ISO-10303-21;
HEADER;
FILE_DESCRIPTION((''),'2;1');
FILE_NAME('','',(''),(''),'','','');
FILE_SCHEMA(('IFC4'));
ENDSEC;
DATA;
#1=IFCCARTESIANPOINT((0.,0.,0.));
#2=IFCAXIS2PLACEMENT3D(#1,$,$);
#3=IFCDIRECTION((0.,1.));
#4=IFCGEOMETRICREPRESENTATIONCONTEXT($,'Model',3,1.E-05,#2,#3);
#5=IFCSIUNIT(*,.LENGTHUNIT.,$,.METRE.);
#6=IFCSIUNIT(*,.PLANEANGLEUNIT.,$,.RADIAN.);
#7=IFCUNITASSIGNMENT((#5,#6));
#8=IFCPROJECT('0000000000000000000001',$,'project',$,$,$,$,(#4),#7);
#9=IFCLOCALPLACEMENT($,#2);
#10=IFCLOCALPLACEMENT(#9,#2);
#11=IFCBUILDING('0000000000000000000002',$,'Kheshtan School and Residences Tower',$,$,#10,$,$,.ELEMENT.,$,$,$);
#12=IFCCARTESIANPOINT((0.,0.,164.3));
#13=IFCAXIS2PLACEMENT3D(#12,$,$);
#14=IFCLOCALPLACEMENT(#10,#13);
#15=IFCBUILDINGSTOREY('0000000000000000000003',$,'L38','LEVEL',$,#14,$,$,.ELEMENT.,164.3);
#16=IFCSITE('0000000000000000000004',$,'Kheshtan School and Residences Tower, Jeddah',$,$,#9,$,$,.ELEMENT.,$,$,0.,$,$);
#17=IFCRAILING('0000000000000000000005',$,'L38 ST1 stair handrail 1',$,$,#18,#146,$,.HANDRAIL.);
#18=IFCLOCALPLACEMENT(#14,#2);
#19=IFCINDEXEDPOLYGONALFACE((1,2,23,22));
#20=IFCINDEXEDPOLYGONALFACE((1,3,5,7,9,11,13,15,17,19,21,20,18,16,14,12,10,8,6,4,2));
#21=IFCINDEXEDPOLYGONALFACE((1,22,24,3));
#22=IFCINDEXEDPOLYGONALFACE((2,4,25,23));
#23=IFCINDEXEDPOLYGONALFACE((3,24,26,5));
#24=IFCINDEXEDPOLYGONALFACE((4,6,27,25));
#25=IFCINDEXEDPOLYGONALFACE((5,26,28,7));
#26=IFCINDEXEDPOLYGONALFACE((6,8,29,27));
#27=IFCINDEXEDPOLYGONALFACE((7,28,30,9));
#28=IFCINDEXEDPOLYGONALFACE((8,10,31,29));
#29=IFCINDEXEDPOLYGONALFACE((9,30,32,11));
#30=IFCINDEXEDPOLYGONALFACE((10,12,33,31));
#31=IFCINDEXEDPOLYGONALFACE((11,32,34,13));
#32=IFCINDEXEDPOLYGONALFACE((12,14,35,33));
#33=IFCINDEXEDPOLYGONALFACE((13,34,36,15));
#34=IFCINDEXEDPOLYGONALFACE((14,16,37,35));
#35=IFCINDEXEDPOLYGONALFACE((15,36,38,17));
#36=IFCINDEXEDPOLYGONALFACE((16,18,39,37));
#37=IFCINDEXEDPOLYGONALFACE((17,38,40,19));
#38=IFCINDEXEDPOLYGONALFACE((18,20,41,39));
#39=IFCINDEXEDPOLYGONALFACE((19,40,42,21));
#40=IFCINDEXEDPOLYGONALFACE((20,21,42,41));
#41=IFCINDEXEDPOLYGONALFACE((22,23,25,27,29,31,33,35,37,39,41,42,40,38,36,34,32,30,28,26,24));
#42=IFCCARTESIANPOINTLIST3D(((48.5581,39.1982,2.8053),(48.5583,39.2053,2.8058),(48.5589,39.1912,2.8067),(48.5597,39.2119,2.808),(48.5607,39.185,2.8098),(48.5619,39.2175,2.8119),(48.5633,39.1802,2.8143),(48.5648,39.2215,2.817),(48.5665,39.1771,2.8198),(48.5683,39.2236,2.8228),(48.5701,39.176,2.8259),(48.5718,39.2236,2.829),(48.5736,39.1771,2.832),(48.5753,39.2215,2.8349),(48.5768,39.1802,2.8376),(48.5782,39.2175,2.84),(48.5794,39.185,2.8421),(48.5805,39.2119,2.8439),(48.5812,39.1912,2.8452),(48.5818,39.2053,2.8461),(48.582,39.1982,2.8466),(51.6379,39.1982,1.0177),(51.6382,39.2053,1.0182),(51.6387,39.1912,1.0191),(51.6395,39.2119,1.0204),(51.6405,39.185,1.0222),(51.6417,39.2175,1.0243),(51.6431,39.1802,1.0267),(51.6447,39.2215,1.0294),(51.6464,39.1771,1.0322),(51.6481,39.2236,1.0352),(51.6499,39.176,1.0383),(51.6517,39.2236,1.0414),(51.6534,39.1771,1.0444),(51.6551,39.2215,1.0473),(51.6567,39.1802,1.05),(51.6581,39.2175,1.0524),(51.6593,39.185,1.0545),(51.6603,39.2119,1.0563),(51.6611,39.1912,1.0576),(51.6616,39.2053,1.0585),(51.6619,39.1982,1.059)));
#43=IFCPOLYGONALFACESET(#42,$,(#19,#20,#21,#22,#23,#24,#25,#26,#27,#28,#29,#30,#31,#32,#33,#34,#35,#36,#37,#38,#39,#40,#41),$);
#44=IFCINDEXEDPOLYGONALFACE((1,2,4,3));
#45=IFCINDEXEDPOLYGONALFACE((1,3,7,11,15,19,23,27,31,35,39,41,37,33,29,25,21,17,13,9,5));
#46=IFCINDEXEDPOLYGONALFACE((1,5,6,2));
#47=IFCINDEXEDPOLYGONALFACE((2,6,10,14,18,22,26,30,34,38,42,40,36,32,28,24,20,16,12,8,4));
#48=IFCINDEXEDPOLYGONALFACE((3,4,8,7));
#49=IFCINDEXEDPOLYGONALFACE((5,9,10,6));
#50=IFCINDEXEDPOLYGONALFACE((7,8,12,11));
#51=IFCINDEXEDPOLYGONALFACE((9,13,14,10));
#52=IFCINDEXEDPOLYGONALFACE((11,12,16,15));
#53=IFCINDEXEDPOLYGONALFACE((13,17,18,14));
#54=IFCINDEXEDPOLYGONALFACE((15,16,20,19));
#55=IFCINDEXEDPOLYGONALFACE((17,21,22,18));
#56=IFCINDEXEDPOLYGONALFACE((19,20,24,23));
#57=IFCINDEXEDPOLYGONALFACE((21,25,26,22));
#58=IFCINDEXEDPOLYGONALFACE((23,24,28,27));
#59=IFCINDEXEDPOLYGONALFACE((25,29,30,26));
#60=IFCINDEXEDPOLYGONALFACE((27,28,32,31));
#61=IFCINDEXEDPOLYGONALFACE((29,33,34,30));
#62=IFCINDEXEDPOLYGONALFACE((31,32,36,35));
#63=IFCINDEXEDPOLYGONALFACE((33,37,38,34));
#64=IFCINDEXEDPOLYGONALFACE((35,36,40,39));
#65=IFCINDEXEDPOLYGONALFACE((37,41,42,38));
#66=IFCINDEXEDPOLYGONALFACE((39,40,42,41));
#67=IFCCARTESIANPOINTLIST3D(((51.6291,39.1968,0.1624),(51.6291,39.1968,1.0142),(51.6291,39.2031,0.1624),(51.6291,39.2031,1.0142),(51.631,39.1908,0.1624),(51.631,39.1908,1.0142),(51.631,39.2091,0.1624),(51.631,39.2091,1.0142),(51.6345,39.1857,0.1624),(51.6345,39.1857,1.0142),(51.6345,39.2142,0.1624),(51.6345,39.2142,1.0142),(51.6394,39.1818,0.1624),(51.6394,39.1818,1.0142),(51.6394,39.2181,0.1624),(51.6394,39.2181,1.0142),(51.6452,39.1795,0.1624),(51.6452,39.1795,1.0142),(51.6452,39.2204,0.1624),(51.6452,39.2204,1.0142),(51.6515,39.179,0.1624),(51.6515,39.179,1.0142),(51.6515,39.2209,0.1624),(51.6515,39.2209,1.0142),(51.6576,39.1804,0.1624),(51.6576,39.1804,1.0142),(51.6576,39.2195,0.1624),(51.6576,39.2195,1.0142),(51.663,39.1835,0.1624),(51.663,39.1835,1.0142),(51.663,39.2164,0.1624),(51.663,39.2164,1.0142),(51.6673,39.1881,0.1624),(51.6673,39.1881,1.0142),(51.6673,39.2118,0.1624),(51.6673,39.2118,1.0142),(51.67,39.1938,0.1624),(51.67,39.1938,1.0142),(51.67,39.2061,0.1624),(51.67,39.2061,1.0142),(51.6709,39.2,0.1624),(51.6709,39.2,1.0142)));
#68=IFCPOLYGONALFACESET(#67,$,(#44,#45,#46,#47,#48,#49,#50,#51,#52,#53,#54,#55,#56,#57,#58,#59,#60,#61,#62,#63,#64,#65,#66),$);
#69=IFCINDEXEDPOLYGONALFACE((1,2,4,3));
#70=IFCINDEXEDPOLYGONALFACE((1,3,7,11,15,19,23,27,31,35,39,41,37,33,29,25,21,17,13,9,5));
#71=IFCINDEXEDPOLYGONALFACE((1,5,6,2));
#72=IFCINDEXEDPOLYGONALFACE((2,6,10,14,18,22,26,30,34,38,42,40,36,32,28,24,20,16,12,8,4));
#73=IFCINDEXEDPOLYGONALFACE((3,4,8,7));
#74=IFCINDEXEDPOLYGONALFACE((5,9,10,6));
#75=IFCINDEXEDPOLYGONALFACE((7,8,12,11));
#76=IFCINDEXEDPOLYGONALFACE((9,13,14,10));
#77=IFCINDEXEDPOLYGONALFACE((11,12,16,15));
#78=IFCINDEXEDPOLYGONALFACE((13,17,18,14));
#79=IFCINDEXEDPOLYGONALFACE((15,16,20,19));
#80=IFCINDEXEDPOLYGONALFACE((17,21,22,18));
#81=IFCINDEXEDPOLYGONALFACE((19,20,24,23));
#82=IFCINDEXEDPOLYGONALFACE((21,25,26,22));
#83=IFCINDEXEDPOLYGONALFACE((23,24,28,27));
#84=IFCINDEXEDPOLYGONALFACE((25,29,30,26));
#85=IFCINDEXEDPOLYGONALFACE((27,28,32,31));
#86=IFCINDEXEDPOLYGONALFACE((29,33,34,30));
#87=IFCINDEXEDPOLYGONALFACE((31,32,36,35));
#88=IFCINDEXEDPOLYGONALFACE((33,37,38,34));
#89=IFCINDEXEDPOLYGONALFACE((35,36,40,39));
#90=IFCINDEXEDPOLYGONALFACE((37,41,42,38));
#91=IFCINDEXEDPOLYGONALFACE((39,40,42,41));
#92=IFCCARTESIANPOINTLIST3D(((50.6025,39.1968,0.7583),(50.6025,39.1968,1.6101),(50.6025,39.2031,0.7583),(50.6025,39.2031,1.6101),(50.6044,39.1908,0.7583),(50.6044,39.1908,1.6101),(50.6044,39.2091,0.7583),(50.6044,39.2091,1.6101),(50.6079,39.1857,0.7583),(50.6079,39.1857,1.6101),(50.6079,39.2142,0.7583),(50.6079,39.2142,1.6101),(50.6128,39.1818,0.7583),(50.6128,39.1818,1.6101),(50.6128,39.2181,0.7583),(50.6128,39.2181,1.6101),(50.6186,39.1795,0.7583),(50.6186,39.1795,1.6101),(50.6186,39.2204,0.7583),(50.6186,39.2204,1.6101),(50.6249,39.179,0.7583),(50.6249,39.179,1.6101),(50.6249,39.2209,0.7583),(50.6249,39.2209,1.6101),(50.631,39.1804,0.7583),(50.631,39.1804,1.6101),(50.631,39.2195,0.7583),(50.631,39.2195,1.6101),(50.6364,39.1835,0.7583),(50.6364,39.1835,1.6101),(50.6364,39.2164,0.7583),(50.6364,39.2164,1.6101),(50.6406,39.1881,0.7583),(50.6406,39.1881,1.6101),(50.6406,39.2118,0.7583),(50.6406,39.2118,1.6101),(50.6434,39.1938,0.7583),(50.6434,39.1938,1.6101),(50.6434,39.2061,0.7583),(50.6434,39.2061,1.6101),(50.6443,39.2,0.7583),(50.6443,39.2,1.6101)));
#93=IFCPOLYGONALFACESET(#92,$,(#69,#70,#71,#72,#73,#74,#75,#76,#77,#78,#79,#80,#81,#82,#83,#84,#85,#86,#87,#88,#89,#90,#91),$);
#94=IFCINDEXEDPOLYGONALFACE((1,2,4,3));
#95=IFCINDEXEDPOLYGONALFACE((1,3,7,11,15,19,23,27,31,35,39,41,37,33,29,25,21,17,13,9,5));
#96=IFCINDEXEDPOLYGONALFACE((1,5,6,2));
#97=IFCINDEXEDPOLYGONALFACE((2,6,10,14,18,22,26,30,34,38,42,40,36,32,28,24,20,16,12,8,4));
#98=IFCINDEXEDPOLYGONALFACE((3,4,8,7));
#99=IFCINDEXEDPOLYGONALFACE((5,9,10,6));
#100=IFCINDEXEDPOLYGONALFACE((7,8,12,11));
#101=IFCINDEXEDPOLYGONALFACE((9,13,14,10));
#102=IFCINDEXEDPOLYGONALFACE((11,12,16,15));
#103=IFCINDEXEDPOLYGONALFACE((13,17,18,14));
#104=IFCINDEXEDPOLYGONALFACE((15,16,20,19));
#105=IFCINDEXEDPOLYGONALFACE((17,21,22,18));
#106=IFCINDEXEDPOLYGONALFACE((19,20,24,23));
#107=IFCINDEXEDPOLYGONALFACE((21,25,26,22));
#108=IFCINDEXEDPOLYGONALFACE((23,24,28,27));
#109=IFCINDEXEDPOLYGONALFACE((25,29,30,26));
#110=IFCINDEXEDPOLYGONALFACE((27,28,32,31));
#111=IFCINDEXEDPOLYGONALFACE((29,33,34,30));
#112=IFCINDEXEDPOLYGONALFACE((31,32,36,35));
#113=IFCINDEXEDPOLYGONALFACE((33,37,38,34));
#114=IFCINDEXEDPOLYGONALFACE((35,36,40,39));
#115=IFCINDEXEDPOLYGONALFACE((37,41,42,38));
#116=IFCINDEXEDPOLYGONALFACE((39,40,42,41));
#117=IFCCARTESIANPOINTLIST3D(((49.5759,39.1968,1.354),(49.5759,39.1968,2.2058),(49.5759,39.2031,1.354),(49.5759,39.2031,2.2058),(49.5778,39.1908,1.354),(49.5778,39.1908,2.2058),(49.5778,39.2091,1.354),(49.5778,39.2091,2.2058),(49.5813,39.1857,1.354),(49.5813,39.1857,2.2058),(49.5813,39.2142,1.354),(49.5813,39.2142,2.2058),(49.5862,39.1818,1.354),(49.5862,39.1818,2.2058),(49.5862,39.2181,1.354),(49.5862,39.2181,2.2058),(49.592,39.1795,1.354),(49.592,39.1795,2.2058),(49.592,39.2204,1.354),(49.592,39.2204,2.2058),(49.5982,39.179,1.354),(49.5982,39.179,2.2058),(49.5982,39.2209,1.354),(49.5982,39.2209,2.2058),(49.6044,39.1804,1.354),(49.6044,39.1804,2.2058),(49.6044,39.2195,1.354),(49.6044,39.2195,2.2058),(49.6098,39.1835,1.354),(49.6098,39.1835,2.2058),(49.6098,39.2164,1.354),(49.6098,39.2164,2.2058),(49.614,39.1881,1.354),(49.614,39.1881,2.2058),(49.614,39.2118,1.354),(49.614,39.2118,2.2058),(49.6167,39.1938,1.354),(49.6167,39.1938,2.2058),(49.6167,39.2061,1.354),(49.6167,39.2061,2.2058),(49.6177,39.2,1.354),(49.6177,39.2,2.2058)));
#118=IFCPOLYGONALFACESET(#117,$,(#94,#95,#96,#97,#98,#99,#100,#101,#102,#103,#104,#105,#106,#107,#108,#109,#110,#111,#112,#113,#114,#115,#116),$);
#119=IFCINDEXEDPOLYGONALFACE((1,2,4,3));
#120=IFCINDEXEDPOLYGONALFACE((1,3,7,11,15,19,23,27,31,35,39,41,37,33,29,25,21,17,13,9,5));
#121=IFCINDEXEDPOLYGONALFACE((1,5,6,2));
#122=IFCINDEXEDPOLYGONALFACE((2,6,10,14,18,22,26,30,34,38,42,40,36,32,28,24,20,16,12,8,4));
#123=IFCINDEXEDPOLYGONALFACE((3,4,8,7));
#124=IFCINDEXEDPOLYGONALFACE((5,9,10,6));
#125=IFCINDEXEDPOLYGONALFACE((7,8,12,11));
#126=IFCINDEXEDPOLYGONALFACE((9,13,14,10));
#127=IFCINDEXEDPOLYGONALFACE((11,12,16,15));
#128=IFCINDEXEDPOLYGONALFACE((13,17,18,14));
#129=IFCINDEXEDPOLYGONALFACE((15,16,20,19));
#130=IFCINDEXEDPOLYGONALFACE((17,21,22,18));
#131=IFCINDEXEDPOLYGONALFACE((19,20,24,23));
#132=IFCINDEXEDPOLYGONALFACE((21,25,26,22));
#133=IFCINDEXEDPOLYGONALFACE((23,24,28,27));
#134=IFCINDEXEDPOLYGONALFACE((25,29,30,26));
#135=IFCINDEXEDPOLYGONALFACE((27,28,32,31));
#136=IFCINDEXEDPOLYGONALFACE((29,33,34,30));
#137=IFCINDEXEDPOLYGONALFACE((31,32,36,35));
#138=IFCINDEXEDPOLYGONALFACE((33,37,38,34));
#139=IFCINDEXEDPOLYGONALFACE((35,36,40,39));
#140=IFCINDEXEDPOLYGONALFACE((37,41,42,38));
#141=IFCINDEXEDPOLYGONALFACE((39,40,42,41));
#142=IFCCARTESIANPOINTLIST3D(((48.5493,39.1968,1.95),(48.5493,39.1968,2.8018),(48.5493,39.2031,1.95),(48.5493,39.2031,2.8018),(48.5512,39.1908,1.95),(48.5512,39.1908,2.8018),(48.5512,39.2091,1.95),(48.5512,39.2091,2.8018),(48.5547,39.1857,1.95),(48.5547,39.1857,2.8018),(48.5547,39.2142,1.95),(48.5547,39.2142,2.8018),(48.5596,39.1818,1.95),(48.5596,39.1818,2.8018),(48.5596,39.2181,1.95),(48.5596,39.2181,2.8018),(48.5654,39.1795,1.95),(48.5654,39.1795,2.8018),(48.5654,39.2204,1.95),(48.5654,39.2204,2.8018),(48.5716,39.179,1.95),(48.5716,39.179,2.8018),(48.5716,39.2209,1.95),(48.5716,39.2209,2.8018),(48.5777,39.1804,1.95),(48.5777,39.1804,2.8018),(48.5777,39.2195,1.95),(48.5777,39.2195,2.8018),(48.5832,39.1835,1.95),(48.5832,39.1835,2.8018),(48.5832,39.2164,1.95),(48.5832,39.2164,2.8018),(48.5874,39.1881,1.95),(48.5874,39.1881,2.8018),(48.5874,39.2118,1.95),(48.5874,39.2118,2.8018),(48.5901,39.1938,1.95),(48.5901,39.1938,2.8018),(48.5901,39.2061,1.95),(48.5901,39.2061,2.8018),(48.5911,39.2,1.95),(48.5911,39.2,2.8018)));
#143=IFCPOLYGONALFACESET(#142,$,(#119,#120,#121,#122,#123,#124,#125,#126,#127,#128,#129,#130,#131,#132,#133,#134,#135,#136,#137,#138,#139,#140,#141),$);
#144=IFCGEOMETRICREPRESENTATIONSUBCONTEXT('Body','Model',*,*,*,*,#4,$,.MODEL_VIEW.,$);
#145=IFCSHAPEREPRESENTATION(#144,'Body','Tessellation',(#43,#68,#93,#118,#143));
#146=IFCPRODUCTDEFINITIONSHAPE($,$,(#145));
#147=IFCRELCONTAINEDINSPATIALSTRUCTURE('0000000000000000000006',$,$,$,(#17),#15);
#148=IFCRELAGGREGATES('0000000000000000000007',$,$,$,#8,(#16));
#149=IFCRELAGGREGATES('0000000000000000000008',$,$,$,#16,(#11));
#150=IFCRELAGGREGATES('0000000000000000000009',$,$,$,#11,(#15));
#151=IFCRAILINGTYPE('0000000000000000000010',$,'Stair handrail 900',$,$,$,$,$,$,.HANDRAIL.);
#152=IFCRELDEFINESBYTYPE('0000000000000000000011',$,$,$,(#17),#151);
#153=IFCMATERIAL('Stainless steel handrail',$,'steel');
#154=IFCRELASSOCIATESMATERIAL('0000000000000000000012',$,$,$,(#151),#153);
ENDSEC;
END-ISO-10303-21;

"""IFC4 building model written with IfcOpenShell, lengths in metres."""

from ifc_helpers import new_model, si_unit, direction, frame, origin, origin_2d, place, context, subcontext, project, spatial, circle, extrude, material, type_object, element, save


model = new_model("IFC4")

# Units and contexts
model_context = context("Model", 3, precision=1e-05, world=origin(), true_north=direction((0.0, 1.0)))
body_context = subcontext(model_context, "Body", "Model", "MODEL_VIEW")
ifc_project = project(units=[si_unit("LENGTHUNIT", "METRE"), si_unit("PLANEANGLEUNIT", "RADIAN")], contexts=[model_context])

# Site, building, storey
site_placement = place(None, origin())
site = spatial("IfcSite", under=ifc_project, at=site_placement, Name="Kheshtan School and Residences Tower, Jeddah", CompositionType="ELEMENT", RefElevation=0.0)
building_placement = place(site_placement, origin())
building = spatial("IfcBuilding", under=site, at=building_placement, Name="Kheshtan School and Residences Tower", CompositionType="ELEMENT")
storey_placement = place(building_placement, frame((0.0, 0.0, 164.3)))
storey = spatial("IfcBuildingStorey", under=building, at=storey_placement, Name="L38", Description="LEVEL", CompositionType="ELEMENT", Elevation=164.3)

# Railing
ifc_material_1 = material(Name="Stainless steel handrail", Category="steel")
railing_type_1 = type_object("IfcRailingType", Name="Stair handrail 900", PredefinedType="HANDRAIL", material=ifc_material_1)
railing_1_placement = place(storey_placement, frame((51.6499, 39.2, 0.1624)))
element("IfcRailing", 1, at=railing_1_placement, inside=storey, type_object=railing_type_1, Name="L38 ST1 stair handrail 1", PredefinedType="HANDRAIL", context=body_context, shape_type="SweptSolid", body=[
    extrude(circle(Radius=0.0239, at=origin_2d()), frame((0.0, 0.0, 0.876), z_axis=(-0.864873, 0.0, 0.50199), x_axis=(0.0, -1.0, 0.0)), (0.0, 0.0, 1.0), 3.561),
    extrude(circle(Radius=0.021, at=origin_2d()), origin(), (0.0, 0.0, 1.0), 0.8518),
    extrude(circle(Radius=0.021, at=origin_2d()), frame((-1.0266, 0.0, 0.5959)), (0.0, 0.0, 1.0), 0.8518),
    extrude(circle(Radius=0.021, at=origin_2d()), frame((-2.0532, 0.0, 1.1917)), (0.0, 0.0, 1.0), 0.8518),
    extrude(circle(Radius=0.021, at=origin_2d()), frame((-3.0798, 0.0, 1.7876)), (0.0, 0.0, 1.0), 0.8518),
])

save(model, "model.ifc")
